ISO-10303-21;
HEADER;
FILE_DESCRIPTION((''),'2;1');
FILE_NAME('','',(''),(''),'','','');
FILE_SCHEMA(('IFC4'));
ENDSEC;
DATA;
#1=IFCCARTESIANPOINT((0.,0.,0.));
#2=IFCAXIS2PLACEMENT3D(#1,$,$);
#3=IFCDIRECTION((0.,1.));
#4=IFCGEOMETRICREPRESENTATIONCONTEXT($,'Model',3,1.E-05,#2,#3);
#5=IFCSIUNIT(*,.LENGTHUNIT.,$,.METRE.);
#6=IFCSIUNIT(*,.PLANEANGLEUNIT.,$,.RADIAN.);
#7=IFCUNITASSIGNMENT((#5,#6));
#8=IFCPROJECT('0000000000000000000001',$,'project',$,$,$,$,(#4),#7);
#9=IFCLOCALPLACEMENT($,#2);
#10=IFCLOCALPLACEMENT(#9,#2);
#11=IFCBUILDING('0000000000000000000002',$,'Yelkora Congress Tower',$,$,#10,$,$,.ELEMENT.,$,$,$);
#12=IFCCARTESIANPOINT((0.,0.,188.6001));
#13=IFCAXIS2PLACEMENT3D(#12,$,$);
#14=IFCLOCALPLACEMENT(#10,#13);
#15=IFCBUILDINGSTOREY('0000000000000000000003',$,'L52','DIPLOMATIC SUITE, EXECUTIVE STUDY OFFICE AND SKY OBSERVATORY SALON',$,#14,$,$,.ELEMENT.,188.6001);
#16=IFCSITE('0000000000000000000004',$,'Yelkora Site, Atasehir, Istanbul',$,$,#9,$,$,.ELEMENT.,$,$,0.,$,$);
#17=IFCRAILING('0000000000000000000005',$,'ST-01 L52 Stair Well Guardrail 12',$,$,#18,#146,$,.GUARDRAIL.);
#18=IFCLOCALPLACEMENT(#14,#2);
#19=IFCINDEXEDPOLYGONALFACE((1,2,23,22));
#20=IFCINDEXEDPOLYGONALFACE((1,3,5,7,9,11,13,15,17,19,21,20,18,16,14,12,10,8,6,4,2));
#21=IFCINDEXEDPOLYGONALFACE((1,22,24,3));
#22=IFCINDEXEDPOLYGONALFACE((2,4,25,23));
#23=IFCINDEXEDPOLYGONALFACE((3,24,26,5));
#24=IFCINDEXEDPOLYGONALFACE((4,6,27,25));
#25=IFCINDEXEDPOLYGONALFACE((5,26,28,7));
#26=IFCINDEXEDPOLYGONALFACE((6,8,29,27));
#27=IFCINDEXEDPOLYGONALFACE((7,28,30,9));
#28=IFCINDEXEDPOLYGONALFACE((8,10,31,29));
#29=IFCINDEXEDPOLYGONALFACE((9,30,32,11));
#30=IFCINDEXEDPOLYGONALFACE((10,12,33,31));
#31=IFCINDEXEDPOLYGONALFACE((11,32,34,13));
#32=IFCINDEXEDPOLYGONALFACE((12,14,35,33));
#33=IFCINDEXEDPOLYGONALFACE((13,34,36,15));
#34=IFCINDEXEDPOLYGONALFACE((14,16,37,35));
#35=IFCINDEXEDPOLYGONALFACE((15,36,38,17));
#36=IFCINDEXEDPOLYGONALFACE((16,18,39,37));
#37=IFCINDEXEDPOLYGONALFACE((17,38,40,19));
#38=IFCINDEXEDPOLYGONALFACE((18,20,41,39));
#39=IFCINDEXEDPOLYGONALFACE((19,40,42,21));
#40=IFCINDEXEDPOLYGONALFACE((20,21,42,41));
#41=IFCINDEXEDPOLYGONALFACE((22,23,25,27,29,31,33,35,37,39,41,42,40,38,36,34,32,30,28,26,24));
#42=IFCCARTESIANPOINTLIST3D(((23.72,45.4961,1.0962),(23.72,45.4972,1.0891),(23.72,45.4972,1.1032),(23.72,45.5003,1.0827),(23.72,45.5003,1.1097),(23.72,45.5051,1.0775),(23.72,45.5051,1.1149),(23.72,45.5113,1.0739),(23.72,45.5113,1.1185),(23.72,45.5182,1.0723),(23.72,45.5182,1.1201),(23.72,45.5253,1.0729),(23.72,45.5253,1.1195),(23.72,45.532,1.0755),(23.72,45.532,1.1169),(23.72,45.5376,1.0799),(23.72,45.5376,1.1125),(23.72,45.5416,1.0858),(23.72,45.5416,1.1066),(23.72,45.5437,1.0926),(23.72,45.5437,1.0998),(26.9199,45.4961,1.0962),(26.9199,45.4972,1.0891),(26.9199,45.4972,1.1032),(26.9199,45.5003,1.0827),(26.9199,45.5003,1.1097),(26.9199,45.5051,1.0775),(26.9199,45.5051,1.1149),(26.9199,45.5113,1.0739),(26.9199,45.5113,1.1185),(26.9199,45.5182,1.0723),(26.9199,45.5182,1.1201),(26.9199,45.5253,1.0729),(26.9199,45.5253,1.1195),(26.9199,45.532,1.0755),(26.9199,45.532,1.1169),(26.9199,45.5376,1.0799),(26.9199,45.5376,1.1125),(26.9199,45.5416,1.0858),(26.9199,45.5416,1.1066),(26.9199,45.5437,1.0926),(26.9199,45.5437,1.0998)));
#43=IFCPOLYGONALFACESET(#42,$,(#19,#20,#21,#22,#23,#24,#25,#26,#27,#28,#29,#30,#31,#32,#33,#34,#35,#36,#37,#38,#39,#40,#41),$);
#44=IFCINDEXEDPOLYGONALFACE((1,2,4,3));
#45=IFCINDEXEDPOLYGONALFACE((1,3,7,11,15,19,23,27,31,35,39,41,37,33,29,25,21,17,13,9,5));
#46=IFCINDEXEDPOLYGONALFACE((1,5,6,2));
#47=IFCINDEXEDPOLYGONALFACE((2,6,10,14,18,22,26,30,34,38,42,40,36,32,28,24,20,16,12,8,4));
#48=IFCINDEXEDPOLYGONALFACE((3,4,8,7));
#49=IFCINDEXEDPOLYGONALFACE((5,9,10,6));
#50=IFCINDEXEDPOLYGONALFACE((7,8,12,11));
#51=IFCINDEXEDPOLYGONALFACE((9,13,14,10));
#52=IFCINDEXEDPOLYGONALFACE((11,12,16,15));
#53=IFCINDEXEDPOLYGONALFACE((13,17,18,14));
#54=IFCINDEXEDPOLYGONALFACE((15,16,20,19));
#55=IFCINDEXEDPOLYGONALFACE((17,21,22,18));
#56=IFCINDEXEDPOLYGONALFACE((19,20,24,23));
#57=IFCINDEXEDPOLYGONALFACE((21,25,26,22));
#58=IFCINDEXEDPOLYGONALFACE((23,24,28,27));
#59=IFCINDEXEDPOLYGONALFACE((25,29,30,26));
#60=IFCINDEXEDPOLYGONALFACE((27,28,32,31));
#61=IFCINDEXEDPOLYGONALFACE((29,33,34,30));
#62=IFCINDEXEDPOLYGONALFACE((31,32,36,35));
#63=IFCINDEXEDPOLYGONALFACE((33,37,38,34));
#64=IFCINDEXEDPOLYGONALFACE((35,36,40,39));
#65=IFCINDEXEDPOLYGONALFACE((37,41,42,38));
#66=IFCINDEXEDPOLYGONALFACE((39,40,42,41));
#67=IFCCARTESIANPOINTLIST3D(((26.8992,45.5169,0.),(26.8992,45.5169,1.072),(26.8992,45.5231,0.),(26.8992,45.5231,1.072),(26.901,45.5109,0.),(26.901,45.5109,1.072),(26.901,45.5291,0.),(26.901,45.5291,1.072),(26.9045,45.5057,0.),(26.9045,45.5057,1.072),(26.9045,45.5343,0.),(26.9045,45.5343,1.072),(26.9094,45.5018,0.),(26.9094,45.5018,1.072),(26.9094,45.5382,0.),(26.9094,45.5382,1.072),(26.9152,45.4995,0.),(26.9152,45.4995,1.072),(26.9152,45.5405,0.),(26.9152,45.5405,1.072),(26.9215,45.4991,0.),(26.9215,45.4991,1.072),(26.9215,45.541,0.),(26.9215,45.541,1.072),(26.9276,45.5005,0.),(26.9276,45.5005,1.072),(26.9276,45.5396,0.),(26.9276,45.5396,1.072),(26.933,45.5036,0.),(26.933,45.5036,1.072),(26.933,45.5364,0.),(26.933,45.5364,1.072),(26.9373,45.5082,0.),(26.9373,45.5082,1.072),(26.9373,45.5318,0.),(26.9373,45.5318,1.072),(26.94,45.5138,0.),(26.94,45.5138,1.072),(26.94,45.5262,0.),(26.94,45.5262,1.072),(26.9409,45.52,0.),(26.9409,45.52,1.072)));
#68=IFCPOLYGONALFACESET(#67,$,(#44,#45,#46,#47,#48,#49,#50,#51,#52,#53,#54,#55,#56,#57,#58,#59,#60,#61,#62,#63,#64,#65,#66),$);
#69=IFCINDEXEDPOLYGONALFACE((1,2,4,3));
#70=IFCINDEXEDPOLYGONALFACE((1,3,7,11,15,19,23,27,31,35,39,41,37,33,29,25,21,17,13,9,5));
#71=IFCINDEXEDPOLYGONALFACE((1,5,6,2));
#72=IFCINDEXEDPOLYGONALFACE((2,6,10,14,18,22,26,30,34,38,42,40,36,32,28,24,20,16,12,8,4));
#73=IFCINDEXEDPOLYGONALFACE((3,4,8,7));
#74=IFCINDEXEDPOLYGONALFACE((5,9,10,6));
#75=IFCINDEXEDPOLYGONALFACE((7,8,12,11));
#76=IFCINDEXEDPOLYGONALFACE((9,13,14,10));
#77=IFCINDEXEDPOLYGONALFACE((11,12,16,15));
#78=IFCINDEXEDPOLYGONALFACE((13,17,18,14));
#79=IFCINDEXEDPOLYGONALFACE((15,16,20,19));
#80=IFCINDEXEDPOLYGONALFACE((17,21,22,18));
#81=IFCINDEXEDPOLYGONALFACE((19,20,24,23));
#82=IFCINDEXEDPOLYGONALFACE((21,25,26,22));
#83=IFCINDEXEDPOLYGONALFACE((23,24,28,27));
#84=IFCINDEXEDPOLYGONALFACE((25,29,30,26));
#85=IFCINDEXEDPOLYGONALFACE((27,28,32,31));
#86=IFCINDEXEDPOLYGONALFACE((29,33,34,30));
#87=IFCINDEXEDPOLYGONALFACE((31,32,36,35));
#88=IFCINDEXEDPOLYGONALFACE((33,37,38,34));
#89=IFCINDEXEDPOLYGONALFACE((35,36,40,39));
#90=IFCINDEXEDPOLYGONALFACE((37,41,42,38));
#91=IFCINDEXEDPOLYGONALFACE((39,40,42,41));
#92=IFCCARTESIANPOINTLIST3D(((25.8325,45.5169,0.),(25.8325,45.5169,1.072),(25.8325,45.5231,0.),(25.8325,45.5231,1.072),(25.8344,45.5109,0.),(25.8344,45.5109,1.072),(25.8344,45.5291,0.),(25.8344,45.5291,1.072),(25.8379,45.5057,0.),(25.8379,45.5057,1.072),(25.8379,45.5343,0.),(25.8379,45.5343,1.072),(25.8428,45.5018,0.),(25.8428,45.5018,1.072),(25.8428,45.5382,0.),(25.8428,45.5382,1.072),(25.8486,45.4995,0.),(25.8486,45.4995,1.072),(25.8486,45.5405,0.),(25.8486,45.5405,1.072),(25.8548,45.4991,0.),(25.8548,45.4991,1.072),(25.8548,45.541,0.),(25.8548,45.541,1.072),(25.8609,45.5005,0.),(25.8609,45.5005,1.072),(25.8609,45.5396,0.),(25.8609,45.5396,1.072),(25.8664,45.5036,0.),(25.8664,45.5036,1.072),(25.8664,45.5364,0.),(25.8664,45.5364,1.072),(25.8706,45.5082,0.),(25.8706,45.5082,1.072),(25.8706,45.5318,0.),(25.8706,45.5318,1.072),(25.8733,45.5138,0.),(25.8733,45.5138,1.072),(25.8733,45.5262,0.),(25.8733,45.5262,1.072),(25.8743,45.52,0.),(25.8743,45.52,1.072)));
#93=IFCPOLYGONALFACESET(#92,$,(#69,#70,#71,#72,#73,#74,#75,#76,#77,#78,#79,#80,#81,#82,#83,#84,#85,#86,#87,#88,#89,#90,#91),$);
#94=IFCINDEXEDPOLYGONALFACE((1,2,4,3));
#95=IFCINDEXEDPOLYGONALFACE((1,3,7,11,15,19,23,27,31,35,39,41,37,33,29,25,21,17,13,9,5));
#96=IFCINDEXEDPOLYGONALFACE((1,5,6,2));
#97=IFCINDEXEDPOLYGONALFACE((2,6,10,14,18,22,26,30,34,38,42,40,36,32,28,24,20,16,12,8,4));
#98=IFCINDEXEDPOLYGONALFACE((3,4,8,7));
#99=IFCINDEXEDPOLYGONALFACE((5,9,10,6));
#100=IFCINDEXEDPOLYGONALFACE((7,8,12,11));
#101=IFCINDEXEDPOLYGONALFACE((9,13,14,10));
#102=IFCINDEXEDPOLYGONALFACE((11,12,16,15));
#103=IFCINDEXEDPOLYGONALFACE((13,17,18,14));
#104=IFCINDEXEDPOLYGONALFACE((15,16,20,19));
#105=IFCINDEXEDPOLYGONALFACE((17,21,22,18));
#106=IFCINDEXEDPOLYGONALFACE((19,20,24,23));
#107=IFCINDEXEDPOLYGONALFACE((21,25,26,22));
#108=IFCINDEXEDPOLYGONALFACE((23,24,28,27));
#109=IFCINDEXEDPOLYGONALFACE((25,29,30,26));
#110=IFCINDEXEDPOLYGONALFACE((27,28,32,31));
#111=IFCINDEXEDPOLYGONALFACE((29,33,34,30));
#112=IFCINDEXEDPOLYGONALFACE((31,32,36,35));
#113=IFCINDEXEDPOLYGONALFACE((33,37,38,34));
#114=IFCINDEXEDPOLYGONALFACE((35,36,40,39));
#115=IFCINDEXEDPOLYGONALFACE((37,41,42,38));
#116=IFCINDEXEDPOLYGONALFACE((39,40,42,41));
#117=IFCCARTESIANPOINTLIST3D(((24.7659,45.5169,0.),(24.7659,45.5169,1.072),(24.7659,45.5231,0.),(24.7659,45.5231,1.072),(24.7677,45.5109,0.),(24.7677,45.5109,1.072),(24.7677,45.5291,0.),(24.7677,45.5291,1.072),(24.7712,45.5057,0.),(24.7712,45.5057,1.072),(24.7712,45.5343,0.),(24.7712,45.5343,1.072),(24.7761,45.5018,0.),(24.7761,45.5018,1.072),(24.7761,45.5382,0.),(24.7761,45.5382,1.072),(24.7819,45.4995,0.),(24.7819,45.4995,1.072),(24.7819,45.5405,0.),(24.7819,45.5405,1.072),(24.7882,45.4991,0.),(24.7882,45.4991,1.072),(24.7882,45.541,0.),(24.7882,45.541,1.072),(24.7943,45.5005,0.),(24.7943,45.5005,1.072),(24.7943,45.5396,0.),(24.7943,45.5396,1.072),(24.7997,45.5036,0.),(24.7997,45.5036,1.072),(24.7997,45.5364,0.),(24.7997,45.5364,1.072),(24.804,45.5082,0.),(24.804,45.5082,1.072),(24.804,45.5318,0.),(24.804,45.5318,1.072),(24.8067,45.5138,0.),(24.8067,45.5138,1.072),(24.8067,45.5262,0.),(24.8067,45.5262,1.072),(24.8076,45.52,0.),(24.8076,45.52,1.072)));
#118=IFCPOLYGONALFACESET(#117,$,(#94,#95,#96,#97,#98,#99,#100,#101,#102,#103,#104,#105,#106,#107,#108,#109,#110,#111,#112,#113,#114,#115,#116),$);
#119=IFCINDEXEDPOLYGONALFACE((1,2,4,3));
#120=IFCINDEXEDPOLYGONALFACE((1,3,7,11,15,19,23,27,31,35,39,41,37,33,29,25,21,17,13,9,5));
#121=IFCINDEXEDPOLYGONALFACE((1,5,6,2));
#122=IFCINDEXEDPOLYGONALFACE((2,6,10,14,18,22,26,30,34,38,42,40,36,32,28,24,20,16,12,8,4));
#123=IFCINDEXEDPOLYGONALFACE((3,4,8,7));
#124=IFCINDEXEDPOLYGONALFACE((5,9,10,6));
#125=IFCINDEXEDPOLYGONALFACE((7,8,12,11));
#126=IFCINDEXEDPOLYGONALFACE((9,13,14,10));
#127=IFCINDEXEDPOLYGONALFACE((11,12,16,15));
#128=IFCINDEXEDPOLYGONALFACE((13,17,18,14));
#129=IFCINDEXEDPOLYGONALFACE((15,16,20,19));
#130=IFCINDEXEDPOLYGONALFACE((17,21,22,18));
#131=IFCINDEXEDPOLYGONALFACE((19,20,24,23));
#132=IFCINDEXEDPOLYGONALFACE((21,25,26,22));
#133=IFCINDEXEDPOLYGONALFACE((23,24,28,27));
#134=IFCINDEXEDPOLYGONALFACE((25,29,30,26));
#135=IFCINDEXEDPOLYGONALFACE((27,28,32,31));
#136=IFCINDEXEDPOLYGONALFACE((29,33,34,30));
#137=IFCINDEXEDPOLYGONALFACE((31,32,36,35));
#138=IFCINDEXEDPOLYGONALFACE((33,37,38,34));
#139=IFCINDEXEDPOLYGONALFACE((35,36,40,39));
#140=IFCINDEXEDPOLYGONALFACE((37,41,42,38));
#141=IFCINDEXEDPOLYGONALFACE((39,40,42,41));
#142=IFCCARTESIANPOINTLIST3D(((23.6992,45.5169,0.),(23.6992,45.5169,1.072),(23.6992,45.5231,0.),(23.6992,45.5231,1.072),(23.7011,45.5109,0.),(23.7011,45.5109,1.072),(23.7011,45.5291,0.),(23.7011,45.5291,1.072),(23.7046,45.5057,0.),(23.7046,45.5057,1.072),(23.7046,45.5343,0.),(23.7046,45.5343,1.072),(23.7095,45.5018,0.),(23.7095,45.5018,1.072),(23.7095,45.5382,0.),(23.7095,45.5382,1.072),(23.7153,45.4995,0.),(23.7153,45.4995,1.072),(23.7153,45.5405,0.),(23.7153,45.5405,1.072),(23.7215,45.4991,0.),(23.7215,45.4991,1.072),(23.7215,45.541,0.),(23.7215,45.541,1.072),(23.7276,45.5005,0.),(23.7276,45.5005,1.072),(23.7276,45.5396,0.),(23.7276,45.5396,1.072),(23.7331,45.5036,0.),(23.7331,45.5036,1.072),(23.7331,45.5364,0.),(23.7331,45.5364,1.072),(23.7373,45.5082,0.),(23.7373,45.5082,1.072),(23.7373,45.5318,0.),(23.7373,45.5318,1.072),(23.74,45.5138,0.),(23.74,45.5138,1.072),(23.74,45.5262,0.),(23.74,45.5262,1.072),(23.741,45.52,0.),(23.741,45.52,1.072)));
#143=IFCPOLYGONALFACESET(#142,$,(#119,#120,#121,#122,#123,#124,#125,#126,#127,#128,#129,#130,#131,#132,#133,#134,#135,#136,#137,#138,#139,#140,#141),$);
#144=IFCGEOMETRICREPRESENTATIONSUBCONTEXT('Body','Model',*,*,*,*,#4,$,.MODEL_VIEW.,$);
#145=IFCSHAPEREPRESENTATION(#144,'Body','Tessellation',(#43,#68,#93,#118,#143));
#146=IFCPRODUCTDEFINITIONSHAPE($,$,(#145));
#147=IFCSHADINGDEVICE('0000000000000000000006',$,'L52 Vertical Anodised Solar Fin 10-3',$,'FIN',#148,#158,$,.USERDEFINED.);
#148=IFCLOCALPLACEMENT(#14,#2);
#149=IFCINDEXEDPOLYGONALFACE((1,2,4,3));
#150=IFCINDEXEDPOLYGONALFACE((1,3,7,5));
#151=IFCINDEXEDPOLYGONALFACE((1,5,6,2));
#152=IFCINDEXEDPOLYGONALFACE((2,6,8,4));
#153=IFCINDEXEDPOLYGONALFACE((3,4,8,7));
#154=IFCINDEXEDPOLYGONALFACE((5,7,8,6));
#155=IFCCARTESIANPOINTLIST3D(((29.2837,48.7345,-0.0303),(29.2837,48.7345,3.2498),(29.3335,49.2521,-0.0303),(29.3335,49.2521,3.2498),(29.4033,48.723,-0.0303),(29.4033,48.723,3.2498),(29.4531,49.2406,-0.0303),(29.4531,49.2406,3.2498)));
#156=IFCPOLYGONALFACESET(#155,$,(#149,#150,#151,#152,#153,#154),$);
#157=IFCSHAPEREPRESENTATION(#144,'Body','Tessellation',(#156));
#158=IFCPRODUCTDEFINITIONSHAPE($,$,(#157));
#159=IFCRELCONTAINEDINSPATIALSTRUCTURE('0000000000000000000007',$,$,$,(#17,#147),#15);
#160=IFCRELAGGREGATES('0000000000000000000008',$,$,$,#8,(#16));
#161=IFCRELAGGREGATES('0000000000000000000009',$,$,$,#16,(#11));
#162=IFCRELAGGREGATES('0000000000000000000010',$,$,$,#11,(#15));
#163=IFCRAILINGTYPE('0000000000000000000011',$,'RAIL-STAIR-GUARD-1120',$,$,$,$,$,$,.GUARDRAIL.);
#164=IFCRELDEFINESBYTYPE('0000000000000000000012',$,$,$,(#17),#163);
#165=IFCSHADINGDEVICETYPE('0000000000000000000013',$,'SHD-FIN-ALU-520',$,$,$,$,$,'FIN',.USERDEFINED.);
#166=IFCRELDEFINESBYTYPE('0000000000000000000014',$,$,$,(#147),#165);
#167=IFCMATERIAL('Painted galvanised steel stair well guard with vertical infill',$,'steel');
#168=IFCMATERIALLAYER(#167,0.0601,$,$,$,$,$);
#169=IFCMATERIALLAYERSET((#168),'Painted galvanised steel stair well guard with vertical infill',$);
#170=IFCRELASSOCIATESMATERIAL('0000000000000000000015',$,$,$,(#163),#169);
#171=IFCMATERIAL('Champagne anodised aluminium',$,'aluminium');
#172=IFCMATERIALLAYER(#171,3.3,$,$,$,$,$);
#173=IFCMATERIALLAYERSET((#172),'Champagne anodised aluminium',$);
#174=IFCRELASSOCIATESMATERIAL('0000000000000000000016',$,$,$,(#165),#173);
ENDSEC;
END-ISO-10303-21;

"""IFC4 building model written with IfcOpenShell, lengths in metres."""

from ifc_helpers import new_model, si_unit, direction, frame, origin, origin_2d, place, context, subcontext, project, spatial, rectangle, circle, extrude, material, layer, layer_set, type_object, element, save


model = new_model("IFC4")

# Units and contexts
model_context = context("Model", 3, precision=1e-05, world=origin(), true_north=direction((0.0, 1.0)))
body_context = subcontext(model_context, "Body", "Model", "MODEL_VIEW")
ifc_project = project(units=[si_unit("LENGTHUNIT", "METRE"), si_unit("PLANEANGLEUNIT", "RADIAN")], contexts=[model_context])

# Site, building, storey
site_placement = place(None, origin())
site = spatial("IfcSite", under=ifc_project, at=site_placement, Name="Yelkora Site, Atasehir, Istanbul", CompositionType="ELEMENT", RefElevation=0.0)
building_placement = place(site_placement, origin())
building = spatial("IfcBuilding", under=site, at=building_placement, Name="Yelkora Congress Tower", CompositionType="ELEMENT")
storey_placement = place(building_placement, frame((0.0, 0.0, 188.6001)))
storey = spatial("IfcBuildingStorey", under=building, at=storey_placement, Name="L52", Description="DIPLOMATIC SUITE, EXECUTIVE STUDY OFFICE AND SKY OBSERVATORY SALON", CompositionType="ELEMENT", Elevation=188.6001)

# Railing
ifc_material_1 = material(Name="Painted galvanised steel stair well guard with vertical infill", Category="steel")
ifc_layer_1 = layer(ifc_material_1, 0.0601)
ifc_layer_set_1 = layer_set([ifc_layer_1], Name="Painted galvanised steel stair well guard with vertical infill")
railing_type = type_object("IfcRailingType", Name="RAIL-STAIR-GUARD-1120", PredefinedType="GUARDRAIL", material=ifc_layer_set_1)
railing_1_placement = place(storey_placement, frame((26.9199, 45.52, 0.0)))
element("IfcRailing", 1, at=railing_1_placement, inside=storey, type_object=railing_type, Name="ST-01 L52 Stair Well Guardrail 12", PredefinedType="GUARDRAIL", context=body_context, shape_type="SweptSolid", body=[
    extrude(circle(Radius=0.0239, at=origin_2d()), frame((0.0, 0.0, 1.0962), z_axis=(-1.0, 0.0, 0.0), x_axis=(0.0, -1.0, 0.0)), (0.0, 0.0, 1.0), 3.2),
    extrude(circle(Radius=0.021, at=origin_2d()), origin(), (0.0, 0.0, 1.0), 1.072),
    extrude(circle(Radius=0.021, at=origin_2d()), frame((-1.0667, 0.0, 0.0)), (0.0, 0.0, 1.0), 1.072),
    extrude(circle(Radius=0.021, at=origin_2d()), frame((-2.1333, 0.0, 0.0)), (0.0, 0.0, 1.0), 1.072),
    extrude(circle(Radius=0.021, at=origin_2d()), frame((-3.2, 0.0, 0.0)), (0.0, 0.0, 1.0), 1.072),
])

# Shading device
ifc_material_2 = material(Name="Champagne anodised aluminium", Category="aluminium")
ifc_layer_2 = layer(ifc_material_2, 3.3)
ifc_layer_set_2 = layer_set([ifc_layer_2], Name="Champagne anodised aluminium")
shading_device_type = type_object("IfcShadingDeviceType", Name="SHD-FIN-ALU-520", ElementType="FIN", PredefinedType="USERDEFINED", material=ifc_layer_set_2)
shading_device_placement = place(storey_placement, frame((29.3684, 48.9875, -0.0303), z_axis=(0.0, 0.0, 1.0), x_axis=(0.995396, -0.095846, 0.0)))
element("IfcShadingDevice", 2, at=shading_device_placement, inside=storey, type_object=shading_device_type, Name="L52 Vertical Anodised Solar Fin 10-3", ObjectType="FIN", PredefinedType="USERDEFINED", context=body_context, shape_type="SweptSolid", body=[
    extrude(rectangle(XDim=0.1201, YDim=0.52, at=origin_2d()), origin(), (0.0, 0.0, 1.0), 3.28),
])

save(model, "model.ifc")
